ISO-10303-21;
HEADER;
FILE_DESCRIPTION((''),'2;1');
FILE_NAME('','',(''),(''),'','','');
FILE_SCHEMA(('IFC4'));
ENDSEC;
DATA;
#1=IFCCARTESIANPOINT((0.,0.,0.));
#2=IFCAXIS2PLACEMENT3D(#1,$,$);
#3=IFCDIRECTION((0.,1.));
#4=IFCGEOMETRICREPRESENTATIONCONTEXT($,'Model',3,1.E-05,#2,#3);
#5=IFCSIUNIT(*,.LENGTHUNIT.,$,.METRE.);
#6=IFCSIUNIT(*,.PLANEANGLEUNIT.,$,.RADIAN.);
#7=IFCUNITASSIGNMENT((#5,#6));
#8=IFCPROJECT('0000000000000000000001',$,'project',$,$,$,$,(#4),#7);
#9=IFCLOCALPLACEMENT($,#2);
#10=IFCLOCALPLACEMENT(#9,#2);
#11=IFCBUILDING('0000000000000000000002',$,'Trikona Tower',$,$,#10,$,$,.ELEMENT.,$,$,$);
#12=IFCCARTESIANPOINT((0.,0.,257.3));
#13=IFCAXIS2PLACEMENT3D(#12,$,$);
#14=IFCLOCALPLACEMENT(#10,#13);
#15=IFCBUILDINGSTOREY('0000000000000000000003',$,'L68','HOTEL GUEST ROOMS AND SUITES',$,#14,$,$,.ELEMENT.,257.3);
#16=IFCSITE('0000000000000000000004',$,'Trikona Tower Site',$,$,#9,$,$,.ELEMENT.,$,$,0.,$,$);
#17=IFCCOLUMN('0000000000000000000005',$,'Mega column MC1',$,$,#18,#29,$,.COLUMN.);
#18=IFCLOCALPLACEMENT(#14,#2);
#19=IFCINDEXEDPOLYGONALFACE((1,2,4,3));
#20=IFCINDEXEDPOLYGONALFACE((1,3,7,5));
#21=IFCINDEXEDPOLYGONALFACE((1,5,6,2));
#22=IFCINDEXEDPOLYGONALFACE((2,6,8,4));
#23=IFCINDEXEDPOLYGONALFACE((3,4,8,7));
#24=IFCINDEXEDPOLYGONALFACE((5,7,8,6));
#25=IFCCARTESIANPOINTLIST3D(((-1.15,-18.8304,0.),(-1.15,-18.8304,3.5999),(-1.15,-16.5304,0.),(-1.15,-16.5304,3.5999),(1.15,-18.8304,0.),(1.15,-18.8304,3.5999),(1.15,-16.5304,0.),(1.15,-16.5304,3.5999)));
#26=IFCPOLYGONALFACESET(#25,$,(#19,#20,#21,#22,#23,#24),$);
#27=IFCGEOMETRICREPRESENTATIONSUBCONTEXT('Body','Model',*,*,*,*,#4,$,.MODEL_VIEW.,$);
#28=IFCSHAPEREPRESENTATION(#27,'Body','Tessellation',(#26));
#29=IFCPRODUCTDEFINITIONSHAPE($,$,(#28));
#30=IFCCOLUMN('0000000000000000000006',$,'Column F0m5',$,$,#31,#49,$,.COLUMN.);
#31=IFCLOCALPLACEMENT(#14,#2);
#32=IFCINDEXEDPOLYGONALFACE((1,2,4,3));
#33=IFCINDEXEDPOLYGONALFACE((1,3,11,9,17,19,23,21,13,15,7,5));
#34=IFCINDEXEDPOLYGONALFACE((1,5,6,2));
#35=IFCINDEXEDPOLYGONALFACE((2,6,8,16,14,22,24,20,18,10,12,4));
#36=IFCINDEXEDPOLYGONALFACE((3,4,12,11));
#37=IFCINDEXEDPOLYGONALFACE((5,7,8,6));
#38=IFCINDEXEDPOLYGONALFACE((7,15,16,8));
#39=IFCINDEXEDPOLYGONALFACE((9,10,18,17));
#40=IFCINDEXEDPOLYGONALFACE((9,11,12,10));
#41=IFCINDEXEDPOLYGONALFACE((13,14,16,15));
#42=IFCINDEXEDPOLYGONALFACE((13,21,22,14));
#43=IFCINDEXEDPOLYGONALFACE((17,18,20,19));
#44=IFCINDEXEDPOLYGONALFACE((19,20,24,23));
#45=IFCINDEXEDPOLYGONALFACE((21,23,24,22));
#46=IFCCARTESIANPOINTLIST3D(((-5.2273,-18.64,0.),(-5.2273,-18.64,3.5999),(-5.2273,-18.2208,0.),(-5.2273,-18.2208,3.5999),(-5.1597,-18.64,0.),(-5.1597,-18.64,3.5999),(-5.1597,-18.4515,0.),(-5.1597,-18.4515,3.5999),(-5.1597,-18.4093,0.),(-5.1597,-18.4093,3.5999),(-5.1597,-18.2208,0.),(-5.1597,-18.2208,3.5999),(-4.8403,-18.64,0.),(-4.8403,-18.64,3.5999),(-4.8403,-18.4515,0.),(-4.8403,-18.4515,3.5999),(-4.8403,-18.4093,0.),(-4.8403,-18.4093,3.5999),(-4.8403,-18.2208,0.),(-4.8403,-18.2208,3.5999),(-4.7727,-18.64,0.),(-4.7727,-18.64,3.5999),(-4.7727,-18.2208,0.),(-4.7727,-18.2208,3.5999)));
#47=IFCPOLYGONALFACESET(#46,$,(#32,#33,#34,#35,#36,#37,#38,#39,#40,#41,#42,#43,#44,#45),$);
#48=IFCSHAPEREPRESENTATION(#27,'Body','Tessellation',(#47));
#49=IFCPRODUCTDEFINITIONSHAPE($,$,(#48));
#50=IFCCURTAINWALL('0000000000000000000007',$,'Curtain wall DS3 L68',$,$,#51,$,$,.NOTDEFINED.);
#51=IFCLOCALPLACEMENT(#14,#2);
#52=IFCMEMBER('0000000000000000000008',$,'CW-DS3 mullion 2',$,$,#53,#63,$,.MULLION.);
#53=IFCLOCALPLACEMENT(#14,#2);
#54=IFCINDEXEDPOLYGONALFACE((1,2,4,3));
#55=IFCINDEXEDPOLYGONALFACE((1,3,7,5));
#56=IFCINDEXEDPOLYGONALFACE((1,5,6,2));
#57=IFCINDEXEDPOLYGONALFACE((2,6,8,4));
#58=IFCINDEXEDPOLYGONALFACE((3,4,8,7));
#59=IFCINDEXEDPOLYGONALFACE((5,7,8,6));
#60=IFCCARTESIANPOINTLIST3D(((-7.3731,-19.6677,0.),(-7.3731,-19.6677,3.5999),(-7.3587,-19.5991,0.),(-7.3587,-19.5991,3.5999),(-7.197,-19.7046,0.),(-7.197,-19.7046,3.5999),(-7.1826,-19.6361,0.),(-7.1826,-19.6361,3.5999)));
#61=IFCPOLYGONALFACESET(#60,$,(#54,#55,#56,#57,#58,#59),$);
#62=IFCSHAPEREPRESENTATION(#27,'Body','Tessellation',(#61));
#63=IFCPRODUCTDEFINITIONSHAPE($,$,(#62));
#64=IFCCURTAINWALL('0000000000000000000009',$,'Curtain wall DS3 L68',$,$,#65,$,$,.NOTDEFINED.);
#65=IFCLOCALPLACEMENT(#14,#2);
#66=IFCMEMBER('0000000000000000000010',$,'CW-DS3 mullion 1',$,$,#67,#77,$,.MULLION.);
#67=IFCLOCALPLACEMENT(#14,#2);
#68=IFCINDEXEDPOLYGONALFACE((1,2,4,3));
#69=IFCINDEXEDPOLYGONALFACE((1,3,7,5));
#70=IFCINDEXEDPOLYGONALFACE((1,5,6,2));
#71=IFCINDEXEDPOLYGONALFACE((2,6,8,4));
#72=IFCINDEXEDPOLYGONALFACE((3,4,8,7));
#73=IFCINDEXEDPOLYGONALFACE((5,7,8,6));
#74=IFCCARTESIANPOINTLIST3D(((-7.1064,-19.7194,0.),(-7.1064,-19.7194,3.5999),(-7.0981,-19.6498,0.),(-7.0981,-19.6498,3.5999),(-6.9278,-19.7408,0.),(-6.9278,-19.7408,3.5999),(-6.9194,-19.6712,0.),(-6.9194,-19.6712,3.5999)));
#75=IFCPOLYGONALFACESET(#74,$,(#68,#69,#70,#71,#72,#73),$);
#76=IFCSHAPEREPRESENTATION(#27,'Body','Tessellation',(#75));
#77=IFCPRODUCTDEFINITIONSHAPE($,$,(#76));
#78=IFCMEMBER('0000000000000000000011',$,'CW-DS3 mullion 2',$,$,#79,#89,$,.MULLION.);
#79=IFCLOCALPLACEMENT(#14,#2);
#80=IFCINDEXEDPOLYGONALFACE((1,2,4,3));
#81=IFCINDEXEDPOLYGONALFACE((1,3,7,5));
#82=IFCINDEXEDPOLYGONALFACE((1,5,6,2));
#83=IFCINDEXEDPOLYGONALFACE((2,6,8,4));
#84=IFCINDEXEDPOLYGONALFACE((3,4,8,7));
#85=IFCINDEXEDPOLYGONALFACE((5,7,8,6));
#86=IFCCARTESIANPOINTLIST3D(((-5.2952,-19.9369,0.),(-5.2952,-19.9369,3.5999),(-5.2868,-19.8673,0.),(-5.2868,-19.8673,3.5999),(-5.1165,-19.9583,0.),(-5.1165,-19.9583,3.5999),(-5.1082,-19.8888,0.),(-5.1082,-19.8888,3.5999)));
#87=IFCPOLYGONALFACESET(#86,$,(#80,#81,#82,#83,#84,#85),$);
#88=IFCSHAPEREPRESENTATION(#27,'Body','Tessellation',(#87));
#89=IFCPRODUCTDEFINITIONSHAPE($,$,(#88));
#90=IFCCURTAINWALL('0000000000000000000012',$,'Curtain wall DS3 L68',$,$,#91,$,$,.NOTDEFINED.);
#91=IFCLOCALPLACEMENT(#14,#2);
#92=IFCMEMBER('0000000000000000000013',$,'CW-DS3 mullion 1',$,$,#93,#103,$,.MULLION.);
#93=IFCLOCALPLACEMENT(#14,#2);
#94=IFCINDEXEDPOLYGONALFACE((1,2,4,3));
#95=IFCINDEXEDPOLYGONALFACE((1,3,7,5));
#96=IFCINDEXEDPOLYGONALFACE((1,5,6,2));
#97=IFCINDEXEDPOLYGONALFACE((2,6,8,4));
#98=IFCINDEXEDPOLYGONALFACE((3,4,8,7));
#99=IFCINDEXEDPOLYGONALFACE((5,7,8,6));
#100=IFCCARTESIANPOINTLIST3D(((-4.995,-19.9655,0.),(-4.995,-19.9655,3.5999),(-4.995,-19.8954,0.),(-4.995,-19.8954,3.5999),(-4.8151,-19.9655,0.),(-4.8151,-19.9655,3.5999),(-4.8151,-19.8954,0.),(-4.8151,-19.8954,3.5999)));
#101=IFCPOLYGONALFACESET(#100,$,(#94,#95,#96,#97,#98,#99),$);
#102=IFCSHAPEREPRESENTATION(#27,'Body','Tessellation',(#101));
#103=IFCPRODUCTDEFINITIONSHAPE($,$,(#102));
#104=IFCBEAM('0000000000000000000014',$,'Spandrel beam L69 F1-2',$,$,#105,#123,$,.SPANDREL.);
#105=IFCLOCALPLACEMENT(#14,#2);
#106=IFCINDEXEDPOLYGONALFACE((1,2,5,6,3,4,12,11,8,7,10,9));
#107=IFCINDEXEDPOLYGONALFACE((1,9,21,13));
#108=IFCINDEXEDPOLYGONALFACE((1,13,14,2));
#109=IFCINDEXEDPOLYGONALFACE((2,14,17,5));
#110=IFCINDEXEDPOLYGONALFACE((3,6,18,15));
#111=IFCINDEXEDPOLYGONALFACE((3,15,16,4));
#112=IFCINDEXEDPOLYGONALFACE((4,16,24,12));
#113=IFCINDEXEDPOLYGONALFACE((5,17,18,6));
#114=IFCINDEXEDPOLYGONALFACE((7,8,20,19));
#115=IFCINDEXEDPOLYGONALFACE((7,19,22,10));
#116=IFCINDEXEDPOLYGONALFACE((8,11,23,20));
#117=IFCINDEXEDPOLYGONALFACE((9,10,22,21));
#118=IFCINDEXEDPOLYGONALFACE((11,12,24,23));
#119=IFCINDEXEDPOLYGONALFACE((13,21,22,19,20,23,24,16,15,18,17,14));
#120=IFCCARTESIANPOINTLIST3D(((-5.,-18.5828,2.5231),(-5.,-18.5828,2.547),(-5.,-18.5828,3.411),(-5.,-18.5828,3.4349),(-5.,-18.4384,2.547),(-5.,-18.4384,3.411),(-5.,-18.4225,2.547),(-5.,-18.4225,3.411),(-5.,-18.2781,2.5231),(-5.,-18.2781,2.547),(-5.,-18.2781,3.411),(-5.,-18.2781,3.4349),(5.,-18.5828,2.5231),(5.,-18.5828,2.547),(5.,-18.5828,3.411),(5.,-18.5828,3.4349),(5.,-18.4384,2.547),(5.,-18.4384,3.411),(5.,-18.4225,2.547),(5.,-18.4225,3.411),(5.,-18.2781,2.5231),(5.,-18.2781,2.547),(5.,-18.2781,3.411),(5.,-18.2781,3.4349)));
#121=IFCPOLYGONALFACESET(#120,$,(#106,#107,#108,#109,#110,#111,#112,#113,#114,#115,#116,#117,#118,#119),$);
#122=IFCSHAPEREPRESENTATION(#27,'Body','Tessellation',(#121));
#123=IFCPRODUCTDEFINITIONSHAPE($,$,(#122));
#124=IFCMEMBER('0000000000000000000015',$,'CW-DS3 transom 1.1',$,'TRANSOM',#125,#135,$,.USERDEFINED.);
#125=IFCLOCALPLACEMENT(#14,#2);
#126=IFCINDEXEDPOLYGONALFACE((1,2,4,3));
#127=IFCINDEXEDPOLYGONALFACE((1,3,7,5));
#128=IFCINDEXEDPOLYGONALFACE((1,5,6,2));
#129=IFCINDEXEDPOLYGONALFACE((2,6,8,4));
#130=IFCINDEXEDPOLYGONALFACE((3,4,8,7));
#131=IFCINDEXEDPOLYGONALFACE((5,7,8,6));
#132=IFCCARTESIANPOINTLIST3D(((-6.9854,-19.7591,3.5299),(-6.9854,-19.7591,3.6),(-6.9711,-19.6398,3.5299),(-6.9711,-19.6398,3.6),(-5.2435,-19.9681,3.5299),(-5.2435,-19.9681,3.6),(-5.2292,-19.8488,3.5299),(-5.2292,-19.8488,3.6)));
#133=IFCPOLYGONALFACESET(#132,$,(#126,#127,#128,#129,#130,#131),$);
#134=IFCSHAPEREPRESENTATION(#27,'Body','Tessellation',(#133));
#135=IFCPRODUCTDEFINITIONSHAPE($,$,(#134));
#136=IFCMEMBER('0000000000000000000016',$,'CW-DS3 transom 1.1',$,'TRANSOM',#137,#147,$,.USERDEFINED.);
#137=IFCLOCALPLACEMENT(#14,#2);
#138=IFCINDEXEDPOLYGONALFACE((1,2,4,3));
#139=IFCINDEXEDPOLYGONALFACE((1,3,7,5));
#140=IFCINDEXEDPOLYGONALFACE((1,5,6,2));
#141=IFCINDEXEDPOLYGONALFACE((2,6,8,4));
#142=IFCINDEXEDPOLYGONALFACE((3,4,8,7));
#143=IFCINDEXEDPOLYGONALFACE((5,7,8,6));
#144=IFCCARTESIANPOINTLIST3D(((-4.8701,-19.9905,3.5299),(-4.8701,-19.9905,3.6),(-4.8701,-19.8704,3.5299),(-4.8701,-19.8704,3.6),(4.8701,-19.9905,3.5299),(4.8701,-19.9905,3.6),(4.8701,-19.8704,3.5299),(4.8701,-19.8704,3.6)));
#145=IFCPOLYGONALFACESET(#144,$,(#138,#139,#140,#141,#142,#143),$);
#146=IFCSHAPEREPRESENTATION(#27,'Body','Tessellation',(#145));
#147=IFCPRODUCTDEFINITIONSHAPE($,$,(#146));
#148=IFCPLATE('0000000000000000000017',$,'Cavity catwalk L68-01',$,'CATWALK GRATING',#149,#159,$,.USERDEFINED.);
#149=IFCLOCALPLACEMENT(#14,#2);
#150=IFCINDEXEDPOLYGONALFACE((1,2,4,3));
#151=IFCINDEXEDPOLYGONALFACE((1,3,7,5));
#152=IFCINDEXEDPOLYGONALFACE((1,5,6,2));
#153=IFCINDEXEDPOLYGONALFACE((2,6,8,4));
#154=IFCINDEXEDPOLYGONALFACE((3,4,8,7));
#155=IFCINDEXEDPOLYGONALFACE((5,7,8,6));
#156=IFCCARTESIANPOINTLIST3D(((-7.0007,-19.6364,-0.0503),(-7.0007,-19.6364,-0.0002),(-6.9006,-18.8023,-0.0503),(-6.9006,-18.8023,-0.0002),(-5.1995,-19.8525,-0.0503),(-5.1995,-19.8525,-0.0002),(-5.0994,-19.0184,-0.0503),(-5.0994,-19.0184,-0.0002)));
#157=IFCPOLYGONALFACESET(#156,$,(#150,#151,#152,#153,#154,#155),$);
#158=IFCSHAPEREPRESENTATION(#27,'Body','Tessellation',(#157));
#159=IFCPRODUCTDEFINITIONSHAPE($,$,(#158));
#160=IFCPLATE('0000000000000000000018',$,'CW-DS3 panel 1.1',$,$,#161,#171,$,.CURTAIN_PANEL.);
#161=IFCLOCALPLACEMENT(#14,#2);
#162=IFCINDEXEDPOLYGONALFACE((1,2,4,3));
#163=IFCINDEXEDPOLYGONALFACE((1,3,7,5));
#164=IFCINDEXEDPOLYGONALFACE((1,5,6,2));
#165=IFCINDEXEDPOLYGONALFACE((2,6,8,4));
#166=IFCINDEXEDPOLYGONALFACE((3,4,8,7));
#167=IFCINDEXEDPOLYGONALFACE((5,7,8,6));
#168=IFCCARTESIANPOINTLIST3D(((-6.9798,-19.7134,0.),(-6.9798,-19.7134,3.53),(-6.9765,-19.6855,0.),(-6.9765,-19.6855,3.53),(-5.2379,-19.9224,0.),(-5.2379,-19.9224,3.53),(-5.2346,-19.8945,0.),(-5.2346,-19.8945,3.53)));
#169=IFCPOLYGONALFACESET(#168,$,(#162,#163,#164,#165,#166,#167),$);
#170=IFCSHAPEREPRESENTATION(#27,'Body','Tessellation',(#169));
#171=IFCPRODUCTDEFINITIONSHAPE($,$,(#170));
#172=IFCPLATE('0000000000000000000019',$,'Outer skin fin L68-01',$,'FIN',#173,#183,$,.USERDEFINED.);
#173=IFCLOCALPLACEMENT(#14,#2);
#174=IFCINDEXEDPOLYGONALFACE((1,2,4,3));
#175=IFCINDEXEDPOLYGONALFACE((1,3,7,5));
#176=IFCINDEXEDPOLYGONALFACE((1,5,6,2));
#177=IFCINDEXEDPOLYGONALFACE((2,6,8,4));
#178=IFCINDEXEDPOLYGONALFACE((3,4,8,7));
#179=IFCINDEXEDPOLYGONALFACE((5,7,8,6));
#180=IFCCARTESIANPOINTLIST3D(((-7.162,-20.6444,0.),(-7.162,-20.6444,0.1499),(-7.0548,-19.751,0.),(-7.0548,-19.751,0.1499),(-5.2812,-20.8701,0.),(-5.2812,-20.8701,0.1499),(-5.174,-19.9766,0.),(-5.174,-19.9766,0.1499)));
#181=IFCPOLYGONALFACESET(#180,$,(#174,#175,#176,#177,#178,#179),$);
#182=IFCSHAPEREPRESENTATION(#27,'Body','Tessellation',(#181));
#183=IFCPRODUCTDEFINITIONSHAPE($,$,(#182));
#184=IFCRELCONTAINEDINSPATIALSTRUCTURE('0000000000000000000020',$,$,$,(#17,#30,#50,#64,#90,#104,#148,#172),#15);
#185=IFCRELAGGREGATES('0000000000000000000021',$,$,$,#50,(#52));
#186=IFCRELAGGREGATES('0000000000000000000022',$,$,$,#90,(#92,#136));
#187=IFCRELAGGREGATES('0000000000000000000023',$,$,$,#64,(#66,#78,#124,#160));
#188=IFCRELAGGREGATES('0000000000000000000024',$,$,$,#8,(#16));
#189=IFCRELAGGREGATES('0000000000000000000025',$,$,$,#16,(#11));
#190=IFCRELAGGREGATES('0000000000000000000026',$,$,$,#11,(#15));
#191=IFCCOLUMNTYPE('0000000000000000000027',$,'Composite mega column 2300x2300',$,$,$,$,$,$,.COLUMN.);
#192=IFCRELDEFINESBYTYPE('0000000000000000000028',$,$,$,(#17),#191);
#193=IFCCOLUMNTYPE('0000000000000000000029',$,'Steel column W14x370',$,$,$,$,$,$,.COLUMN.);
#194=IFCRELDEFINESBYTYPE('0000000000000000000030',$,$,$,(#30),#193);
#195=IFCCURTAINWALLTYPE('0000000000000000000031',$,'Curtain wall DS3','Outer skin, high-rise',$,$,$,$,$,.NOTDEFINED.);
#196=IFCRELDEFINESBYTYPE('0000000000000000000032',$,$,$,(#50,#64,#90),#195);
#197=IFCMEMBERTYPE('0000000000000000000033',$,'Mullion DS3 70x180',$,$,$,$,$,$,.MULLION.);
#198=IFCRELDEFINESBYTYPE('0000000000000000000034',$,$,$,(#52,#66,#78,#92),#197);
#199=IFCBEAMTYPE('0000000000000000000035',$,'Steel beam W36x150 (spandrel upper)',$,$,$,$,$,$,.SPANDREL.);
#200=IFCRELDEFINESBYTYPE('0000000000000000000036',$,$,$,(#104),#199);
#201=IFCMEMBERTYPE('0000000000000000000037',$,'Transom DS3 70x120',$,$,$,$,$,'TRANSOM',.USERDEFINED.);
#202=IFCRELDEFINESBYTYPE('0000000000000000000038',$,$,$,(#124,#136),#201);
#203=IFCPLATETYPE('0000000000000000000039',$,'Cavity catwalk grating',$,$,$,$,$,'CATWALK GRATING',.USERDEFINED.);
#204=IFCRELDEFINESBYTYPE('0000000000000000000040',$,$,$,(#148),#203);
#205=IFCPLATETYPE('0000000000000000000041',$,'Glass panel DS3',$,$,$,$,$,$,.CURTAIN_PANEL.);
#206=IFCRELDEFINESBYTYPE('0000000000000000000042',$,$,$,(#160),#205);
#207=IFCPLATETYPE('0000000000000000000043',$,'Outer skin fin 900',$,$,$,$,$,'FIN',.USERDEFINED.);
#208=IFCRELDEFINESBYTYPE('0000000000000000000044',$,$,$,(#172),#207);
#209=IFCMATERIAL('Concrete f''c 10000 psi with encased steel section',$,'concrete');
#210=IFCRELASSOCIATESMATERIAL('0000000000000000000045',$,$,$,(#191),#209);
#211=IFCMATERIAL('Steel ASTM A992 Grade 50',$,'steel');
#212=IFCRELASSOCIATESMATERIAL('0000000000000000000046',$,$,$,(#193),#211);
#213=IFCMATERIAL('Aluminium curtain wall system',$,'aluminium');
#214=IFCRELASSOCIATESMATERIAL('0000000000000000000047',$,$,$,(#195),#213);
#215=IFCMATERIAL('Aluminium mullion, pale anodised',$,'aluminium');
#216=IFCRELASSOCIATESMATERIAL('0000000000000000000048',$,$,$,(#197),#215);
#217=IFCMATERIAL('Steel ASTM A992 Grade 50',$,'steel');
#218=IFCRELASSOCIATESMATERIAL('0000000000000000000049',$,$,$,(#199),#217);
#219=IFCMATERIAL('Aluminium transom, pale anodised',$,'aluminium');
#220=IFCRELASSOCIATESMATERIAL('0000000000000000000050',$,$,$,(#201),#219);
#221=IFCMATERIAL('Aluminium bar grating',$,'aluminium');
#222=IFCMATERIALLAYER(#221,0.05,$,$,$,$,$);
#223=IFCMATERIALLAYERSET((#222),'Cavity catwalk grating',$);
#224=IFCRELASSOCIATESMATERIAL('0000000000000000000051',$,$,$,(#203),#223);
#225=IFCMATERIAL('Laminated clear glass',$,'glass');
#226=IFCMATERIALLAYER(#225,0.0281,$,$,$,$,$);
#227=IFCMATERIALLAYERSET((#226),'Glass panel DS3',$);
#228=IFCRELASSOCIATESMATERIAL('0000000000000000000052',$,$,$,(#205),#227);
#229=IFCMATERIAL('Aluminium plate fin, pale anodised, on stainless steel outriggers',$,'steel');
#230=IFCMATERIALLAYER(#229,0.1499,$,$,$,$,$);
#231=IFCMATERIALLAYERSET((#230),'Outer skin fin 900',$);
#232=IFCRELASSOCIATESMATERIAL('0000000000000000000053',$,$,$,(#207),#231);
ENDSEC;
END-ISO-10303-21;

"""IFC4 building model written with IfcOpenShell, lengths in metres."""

from ifc_helpers import new_model, si_unit, direction, frame, origin, origin_2d, place, context, subcontext, project, spatial, rectangle, i_section, extrude, material, layer, layer_set, material_profile, profile_set, type_object, element, aggregate, save


model = new_model("IFC4")

# Units and contexts
model_context = context("Model", 3, precision=1e-05, world=origin(), true_north=direction((0.0, 1.0)))
body_context = subcontext(model_context, "Body", "Model", "MODEL_VIEW")
ifc_project = project(units=[si_unit("LENGTHUNIT", "METRE"), si_unit("PLANEANGLEUNIT", "RADIAN")], contexts=[model_context])

# Site, building, storey
site_placement = place(None, origin())
site = spatial("IfcSite", under=ifc_project, at=site_placement, Name="Trikona Tower Site", CompositionType="ELEMENT", RefElevation=0.0)
building_placement = place(site_placement, origin())
building = spatial("IfcBuilding", under=site, at=building_placement, Name="Trikona Tower", CompositionType="ELEMENT")
storey_placement = place(building_placement, frame((0.0, 0.0, 257.3)))
storey = spatial("IfcBuildingStorey", under=building, at=storey_placement, Name="L68", Description="HOTEL GUEST ROOMS AND SUITES", CompositionType="ELEMENT", Elevation=257.3)

# Columns
ifc_material_1 = material(Name="Concrete f'c 10000 psi with encased steel section", Category="concrete")
ifc_material_profile_1 = material_profile(ifc_material_1, rectangle(XDim=2.3, YDim=2.3, at=origin_2d()), Name="MC2300")
ifc_profile_set_1 = profile_set([ifc_material_profile_1], Name="Concrete f'c 10000 psi with encased steel section")
column_type_1 = type_object("IfcColumnType", Name="Composite mega column 2300x2300", PredefinedType="COLUMN", material=ifc_profile_set_1)
column_1_placement = place(storey_placement, frame((0.0, -17.6804, 0.0), z_axis=(0.0, 0.0, 1.0), x_axis=(0.0, -1.0, 0.0)))
element("IfcColumn", 1, at=column_1_placement, inside=storey, type_object=column_type_1, Name="Mega column MC1", PredefinedType="COLUMN", context=body_context, shape_type="SweptSolid", body=[
    extrude(rectangle(XDim=2.3, YDim=2.3, at=origin_2d()), origin(), (0.0, 0.0, 1.0), 3.5999),
])
ifc_material_2 = material(Name="Steel ASTM A992 Grade 50", Category="steel")
ifc_material_profile_2 = material_profile(ifc_material_2, i_section(OverallWidth=0.4192, OverallDepth=0.4546, WebThickness=0.0422, FlangeThickness=0.0676, at=origin_2d()), Name="W14X370")
ifc_profile_set_2 = profile_set([ifc_material_profile_2], Name="Steel ASTM A992 Grade 50")
column_type_2 = type_object("IfcColumnType", Name="Steel column W14x370", PredefinedType="COLUMN", material=ifc_profile_set_2)
column_2_placement = place(storey_placement, frame((-5.0, -18.4304, 0.0), z_axis=(0.0, 0.0, 1.0), x_axis=(0.0, -1.0, 0.0)))
element("IfcColumn", 2, at=column_2_placement, inside=storey, type_object=column_type_2, Name="Column F0m5", PredefinedType="COLUMN", context=body_context, shape_type="SweptSolid", body=[
    extrude(i_section(OverallWidth=0.4192, OverallDepth=0.4546, WebThickness=0.0422, FlangeThickness=0.0676, at=origin_2d()), origin(), (0.0, 0.0, 1.0), 3.5999),
])

# Curtain wall, member
ifc_material_3 = material(Name="Aluminium curtain wall system", Category="aluminium")
curtain_wall_type = type_object("IfcCurtainWallType", Name="Curtain wall DS3", Description="Outer skin, high-rise", PredefinedType="NOTDEFINED", material=ifc_material_3)
curtain_wall_1_placement = place(storey_placement, origin())
curtain_wall_1 = element("IfcCurtainWall", 3, at=curtain_wall_1_placement, inside=storey, type_object=curtain_wall_type, Name="Curtain wall DS3 L68", PredefinedType="NOTDEFINED")
ifc_material_4 = material(Name="Aluminium mullion, pale anodised", Category="aluminium")
ifc_material_profile_3 = material_profile(ifc_material_4, rectangle(XDim=0.0701, YDim=0.1799, at=origin_2d()), Name="MUL-DS3")
ifc_profile_set_3 = profile_set([ifc_material_profile_3], Name="Aluminium mullion, pale anodised")
member_type_1 = type_object("IfcMemberType", Name="Mullion DS3 70x180", PredefinedType="MULLION", material=ifc_profile_set_3)
member_1_placement = place(storey_placement, frame((-7.2778, -19.6519, 0.0), z_axis=(0.0, 0.0, 1.0), x_axis=(0.205527, 0.978651, 0.0)))
member_1 = element("IfcMember", 4, at=member_1_placement, type_object=member_type_1, Name="CW-DS3 mullion 2", PredefinedType="MULLION", context=body_context, shape_type="SweptSolid", body=[
    extrude(rectangle(XDim=0.0701, YDim=0.1799, at=origin_2d()), origin(), (0.0, 0.0, 1.0), 3.5999),
])
aggregate(curtain_wall_1, [member_1])

# Curtain wall, members
curtain_wall_2_placement = place(storey_placement, origin())
curtain_wall_2 = element("IfcCurtainWall", 5, at=curtain_wall_2_placement, inside=storey, type_object=curtain_wall_type, Name="Curtain wall DS3 L68", PredefinedType="NOTDEFINED")
member_2_placement = place(storey_placement, frame((-7.0129, -19.6953, 0.0), z_axis=(0.0, 0.0, 1.0), x_axis=(0.119141, 0.992877, 0.0)))
member_2 = element("IfcMember", 6, at=member_2_placement, type_object=member_type_1, Name="CW-DS3 mullion 1", PredefinedType="MULLION", context=body_context, shape_type="SweptSolid", body=[
    extrude(rectangle(XDim=0.0701, YDim=0.1799, at=origin_2d()), origin(), (0.0, 0.0, 1.0), 3.5999),
])
member_3_placement = place(storey_placement, frame((-5.2017, -19.9128, 0.0), z_axis=(0.0, 0.0, 1.0), x_axis=(0.119141, 0.992877, 0.0)))
member_3 = element("IfcMember", 7, at=member_3_placement, type_object=member_type_1, Name="CW-DS3 mullion 2", PredefinedType="MULLION", context=body_context, shape_type="SweptSolid", body=[
    extrude(rectangle(XDim=0.0701, YDim=0.1799, at=origin_2d()), origin(), (0.0, 0.0, 1.0), 3.5999),
])

# Curtain wall, member
curtain_wall_3_placement = place(storey_placement, origin())
curtain_wall_3 = element("IfcCurtainWall", 8, at=curtain_wall_3_placement, inside=storey, type_object=curtain_wall_type, Name="Curtain wall DS3 L68", PredefinedType="NOTDEFINED")
member_4_placement = place(storey_placement, frame((-4.905, -19.9304, 0.0), z_axis=(0.0, 0.0, 1.0), x_axis=(0.0, 1.0, 0.0)))
member_4 = element("IfcMember", 9, at=member_4_placement, type_object=member_type_1, Name="CW-DS3 mullion 1", PredefinedType="MULLION", context=body_context, shape_type="SweptSolid", body=[
    extrude(rectangle(XDim=0.0701, YDim=0.1799, at=origin_2d()), origin(), (0.0, 0.0, 1.0), 3.5999),
])

# Beam
ifc_material_5 = material(Name="Steel ASTM A992 Grade 50", Category="steel")
ifc_material_profile_4 = material_profile(ifc_material_5, i_section(OverallWidth=0.3047, OverallDepth=0.9119, WebThickness=0.0159, FlangeThickness=0.0239, at=origin_2d()), Name="W36X150")
ifc_profile_set_4 = profile_set([ifc_material_profile_4], Name="Steel ASTM A992 Grade 50")
beam_type = type_object("IfcBeamType", Name="Steel beam W36x150 (spandrel upper)", PredefinedType="SPANDREL", material=ifc_profile_set_4)
beam_placement = place(storey_placement, frame((-5.0, -18.4304, 2.979), z_axis=(1.0, 0.0, 0.0), x_axis=(0.0, 1.0, 0.0)))
element("IfcBeam", 10, at=beam_placement, inside=storey, type_object=beam_type, Name="Spandrel beam L69 F1-2", PredefinedType="SPANDREL", context=body_context, shape_type="SweptSolid", body=[
    extrude(i_section(OverallWidth=0.3047, OverallDepth=0.9119, WebThickness=0.0159, FlangeThickness=0.0239, at=origin_2d()), origin(), (0.0, 0.0, 1.0), 10.0),
])

# Members
ifc_material_6 = material(Name="Aluminium transom, pale anodised", Category="aluminium")
ifc_material_profile_5 = material_profile(ifc_material_6, rectangle(XDim=0.1201, YDim=0.0701, at=origin_2d()), Name="TRN-DS3")
ifc_profile_set_5 = profile_set([ifc_material_profile_5], Name="Aluminium transom, pale anodised")
member_type_2 = type_object("IfcMemberType", Name="Transom DS3 70x120", ElementType="TRANSOM", PredefinedType="USERDEFINED", material=ifc_profile_set_5)
member_5_placement = place(storey_placement, frame((-6.9783, -19.6995, 3.5649), z_axis=(0.99288, -0.119118, 0.0), x_axis=(0.119118, 0.99288, 0.0)))
member_5 = element("IfcMember", 11, at=member_5_placement, type_object=member_type_2, Name="CW-DS3 transom 1.1", ObjectType="TRANSOM", PredefinedType="USERDEFINED", context=body_context, shape_type="SweptSolid", body=[
    extrude(rectangle(XDim=0.1201, YDim=0.0701, at=origin_2d()), origin(), (0.0, 0.0, 1.0), 1.7544),
])
member_6_placement = place(storey_placement, frame((-4.8701, -19.9304, 3.5649), z_axis=(1.0, 0.0, 0.0), x_axis=(0.0, 1.0, 0.0)))
member_6 = element("IfcMember", 12, at=member_6_placement, type_object=member_type_2, Name="CW-DS3 transom 1.1", ObjectType="TRANSOM", PredefinedType="USERDEFINED", context=body_context, shape_type="SweptSolid", body=[
    extrude(rectangle(XDim=0.1201, YDim=0.0701, at=origin_2d()), origin(), (0.0, 0.0, 1.0), 9.7402),
])
aggregate(curtain_wall_3, [member_4, member_6])

# Plates
ifc_material_7 = material(Name="Aluminium bar grating", Category="aluminium")
ifc_layer_1 = layer(ifc_material_7, 0.05)
ifc_layer_set_1 = layer_set([ifc_layer_1], Name="Cavity catwalk grating")
plate_type_1 = type_object("IfcPlateType", Name="Cavity catwalk grating", ElementType="CATWALK GRATING", PredefinedType="USERDEFINED", material=ifc_layer_set_1)
plate_1_placement = place(storey_placement, frame((-6.05, -19.3274, -0.0503), z_axis=(0.0, 0.0, 1.0), x_axis=(0.992877, -0.119146, 0.0)))
element("IfcPlate", 13, at=plate_1_placement, inside=storey, type_object=plate_type_1, Name="Cavity catwalk L68-01", ObjectType="CATWALK GRATING", PredefinedType="USERDEFINED", context=body_context, shape_type="SweptSolid", body=[
    extrude(rectangle(XDim=1.8142, YDim=0.8401, at=origin_2d()), origin(), (0.0, 0.0, 1.0), 0.05),
])
ifc_material_8 = material(Name="Laminated clear glass", Category="glass")
ifc_layer_2 = layer(ifc_material_8, 0.0281)
ifc_layer_set_2 = layer_set([ifc_layer_2], Name="Glass panel DS3")
plate_type_2 = type_object("IfcPlateType", Name="Glass panel DS3", PredefinedType="CURTAIN_PANEL", material=ifc_layer_set_2)
plate_2_placement = place(storey_placement, frame((-6.1072, -19.804, 0.0), z_axis=(0.0, 0.0, 1.0), x_axis=(0.992877, -0.119141, 0.0)))
plate_2 = element("IfcPlate", 14, at=plate_2_placement, type_object=plate_type_2, Name="CW-DS3 panel 1.1", PredefinedType="CURTAIN_PANEL", context=body_context, shape_type="SweptSolid", body=[
    extrude(rectangle(XDim=1.7544, YDim=0.0281, at=origin_2d()), origin(), (0.0, 0.0, 1.0), 3.53),
])
aggregate(curtain_wall_2, [member_2, member_3, member_5, plate_2])
ifc_material_9 = material(Name="Aluminium plate fin, pale anodised, on stainless steel outriggers", Category="steel")
ifc_layer_3 = layer(ifc_material_9, 0.1499)
ifc_layer_set_3 = layer_set([ifc_layer_3], Name="Outer skin fin 900")
plate_type_3 = type_object("IfcPlateType", Name="Outer skin fin 900", ElementType="FIN", PredefinedType="USERDEFINED", material=ifc_layer_set_3)
plate_3_placement = place(storey_placement, frame((-6.168, -20.3105, 0.0), z_axis=(0.0, 0.0, 1.0), x_axis=(0.992877, -0.119146, 0.0)))
element("IfcPlate", 15, at=plate_3_placement, inside=storey, type_object=plate_type_3, Name="Outer skin fin L68-01", ObjectType="FIN", PredefinedType="USERDEFINED", context=body_context, shape_type="SweptSolid", body=[
    extrude(rectangle(XDim=1.8943, YDim=0.8999, at=origin_2d()), origin(), (0.0, 0.0, 1.0), 0.1499),
])

save(model, "model.ifc")
